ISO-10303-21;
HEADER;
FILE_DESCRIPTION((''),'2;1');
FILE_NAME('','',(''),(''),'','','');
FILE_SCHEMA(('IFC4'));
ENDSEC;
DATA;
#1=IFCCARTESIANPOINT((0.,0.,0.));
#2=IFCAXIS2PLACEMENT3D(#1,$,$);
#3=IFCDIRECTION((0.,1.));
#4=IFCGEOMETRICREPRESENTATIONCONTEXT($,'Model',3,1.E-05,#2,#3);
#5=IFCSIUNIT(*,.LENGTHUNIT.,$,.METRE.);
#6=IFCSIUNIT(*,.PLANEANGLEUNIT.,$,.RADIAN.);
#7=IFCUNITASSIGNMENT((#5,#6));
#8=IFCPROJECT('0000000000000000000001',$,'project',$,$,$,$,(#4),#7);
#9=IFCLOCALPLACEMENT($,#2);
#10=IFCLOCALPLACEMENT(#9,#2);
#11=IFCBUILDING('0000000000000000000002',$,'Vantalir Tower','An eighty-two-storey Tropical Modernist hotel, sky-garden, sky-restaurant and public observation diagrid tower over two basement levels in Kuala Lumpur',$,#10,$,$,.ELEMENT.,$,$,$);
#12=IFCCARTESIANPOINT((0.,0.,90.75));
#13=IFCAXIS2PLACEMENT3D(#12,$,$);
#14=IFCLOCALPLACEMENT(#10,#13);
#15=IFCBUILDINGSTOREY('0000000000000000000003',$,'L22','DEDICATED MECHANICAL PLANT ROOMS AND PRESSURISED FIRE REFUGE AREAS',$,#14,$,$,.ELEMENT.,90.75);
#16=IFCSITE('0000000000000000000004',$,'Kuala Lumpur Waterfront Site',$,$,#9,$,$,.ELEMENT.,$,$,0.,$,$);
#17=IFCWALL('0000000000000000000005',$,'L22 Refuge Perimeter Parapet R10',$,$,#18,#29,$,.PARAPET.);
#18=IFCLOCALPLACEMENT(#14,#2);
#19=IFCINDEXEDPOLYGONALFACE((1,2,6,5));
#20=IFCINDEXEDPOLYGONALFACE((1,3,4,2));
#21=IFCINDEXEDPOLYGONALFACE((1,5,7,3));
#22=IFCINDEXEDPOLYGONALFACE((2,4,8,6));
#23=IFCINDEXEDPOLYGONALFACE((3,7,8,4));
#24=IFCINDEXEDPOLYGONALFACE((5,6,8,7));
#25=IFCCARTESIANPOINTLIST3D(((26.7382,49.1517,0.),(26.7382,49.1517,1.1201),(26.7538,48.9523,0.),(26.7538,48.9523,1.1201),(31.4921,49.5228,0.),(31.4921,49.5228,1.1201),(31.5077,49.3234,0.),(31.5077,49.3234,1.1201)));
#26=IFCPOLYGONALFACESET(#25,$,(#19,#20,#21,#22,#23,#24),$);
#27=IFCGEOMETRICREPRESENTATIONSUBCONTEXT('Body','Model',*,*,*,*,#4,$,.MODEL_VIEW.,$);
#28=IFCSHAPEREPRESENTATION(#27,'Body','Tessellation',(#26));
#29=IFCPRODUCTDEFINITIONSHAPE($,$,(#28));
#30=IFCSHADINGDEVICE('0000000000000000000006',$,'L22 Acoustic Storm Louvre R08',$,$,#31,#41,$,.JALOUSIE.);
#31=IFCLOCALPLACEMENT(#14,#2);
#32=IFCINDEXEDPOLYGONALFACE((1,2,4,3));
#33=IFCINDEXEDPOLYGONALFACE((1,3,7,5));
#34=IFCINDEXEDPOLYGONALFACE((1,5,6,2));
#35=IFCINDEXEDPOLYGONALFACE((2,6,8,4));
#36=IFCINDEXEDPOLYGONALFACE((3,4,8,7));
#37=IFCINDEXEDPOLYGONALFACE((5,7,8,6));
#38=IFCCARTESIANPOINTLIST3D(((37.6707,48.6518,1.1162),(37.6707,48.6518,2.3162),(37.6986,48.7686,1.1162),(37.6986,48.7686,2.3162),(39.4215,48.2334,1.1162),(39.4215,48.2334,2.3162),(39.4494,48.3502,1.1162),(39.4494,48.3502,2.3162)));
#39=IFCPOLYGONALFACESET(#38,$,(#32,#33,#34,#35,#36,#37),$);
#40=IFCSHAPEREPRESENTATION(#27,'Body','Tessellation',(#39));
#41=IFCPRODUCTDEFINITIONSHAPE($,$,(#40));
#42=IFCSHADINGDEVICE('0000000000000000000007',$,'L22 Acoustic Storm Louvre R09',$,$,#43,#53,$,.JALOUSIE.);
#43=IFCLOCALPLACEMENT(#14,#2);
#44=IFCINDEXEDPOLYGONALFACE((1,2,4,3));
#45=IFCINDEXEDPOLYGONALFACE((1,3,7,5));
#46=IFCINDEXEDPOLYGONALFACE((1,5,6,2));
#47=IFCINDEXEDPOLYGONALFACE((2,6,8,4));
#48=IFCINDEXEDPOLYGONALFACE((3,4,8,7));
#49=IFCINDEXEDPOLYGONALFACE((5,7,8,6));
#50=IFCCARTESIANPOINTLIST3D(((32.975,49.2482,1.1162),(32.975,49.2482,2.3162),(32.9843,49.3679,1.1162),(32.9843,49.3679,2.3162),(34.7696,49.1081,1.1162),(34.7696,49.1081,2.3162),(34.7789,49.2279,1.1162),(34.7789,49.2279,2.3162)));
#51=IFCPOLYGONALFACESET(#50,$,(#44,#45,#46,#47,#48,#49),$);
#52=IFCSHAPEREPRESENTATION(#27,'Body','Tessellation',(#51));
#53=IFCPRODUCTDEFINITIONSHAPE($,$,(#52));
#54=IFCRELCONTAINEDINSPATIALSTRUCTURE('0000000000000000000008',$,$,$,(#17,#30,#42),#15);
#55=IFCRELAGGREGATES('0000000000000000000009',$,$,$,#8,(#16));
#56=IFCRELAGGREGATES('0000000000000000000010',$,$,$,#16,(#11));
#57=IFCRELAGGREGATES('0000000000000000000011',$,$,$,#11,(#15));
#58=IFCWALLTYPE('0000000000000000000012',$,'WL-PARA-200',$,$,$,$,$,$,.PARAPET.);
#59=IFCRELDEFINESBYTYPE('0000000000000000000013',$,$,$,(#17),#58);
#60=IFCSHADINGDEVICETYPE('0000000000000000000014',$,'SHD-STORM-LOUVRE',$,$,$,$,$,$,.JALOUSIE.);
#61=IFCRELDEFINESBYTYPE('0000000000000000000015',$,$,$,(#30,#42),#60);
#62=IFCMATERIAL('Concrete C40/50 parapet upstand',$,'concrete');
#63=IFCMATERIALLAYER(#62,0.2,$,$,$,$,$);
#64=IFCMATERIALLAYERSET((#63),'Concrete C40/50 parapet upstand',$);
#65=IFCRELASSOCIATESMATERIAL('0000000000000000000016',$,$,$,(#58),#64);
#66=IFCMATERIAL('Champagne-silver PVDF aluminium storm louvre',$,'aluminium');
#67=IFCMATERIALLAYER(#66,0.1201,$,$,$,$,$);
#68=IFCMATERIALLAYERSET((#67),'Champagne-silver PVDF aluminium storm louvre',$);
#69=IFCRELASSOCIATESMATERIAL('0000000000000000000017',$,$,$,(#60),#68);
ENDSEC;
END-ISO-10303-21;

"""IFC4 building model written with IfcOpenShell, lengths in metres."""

from ifc_helpers import new_model, si_unit, direction, frame, frame_2d, origin, origin_2d, place, context, subcontext, project, spatial, rectangle, extrude, material, layer, layer_set, type_object, element, save


model = new_model("IFC4")

# Units and contexts
model_context = context("Model", 3, precision=1e-05, world=origin(), true_north=direction((0.0, 1.0)))
body_context = subcontext(model_context, "Body", "Model", "MODEL_VIEW")
ifc_project = project(units=[si_unit("LENGTHUNIT", "METRE"), si_unit("PLANEANGLEUNIT", "RADIAN")], contexts=[model_context])

# Site, building, storey
site_placement = place(None, origin())
site = spatial("IfcSite", under=ifc_project, at=site_placement, Name="Kuala Lumpur Waterfront Site", CompositionType="ELEMENT", RefElevation=0.0)
building_placement = place(site_placement, origin())
building = spatial("IfcBuilding", under=site, at=building_placement, Name="Vantalir Tower", Description="An eighty-two-storey Tropical Modernist hotel, sky-garden, sky-restaurant and public observation diagrid tower over two basement levels in Kuala Lumpur", CompositionType="ELEMENT")
storey_placement = place(building_placement, frame((0.0, 0.0, 90.75)))
storey = spatial("IfcBuildingStorey", under=building, at=storey_placement, Name="L22", Description="DEDICATED MECHANICAL PLANT ROOMS AND PRESSURISED FIRE REFUGE AREAS", CompositionType="ELEMENT", Elevation=90.75)

# Wall
ifc_material_1 = material(Name="Concrete C40/50 parapet upstand", Category="concrete")
ifc_layer_1 = layer(ifc_material_1, 0.2)
ifc_layer_set_1 = layer_set([ifc_layer_1], Name="Concrete C40/50 parapet upstand")
wall_type_1 = type_object("IfcWallType", Name="WL-PARA-200", PredefinedType="PARAPET", material=ifc_layer_set_1)
for number, where, z_axis, x_axis, name in (
    (1, (31.5, 49.4231, 0.0), (0.0, 0.0, 1.0), (-0.996967, -0.077824, 0.0), "L22 Refuge Perimeter Parapet R10"),
):
    element("IfcWall", number, at=place(storey_placement, frame(where, z_axis=z_axis, x_axis=x_axis)), inside=storey, type_object=wall_type_1, Name=name, PredefinedType="PARAPET", context=body_context, shape_type="SweptSolid", body=[
        extrude(rectangle(XDim=4.7683, YDim=0.2, at=frame_2d((2.3843, 0.0))), origin(), (0.0, 0.0, 1.0), 1.1201),
    ])

# Shading devices
ifc_material_2 = material(Name="Champagne-silver PVDF aluminium storm louvre", Category="aluminium")
ifc_layer_2 = layer(ifc_material_2, 0.1201)
ifc_layer_set_2 = layer_set([ifc_layer_2], Name="Champagne-silver PVDF aluminium storm louvre")
shading_device_type = type_object("IfcShadingDeviceType", Name="SHD-STORM-LOUVRE", PredefinedType="JALOUSIE", material=ifc_layer_set_2)
for number, where, z_axis, x_axis, name in (
    (2, (38.5601, 48.501, 1.1162), (0.0, 0.0, 1.0), (-0.97261, 0.232444, 0.0), "L22 Acoustic Storm Louvre R08"),
    (3, (33.877, 49.238, 1.1162), (0.0, 0.0, 1.0), (-0.996969, 0.077798, 0.0), "L22 Acoustic Storm Louvre R09"),
):
    element("IfcShadingDevice", number, at=place(storey_placement, frame(where, z_axis=z_axis, x_axis=x_axis)), inside=storey, type_object=shading_device_type, Name=name, PredefinedType="JALOUSIE", context=body_context, shape_type="SweptSolid", body=[
        extrude(rectangle(XDim=1.8, YDim=0.1201, at=origin_2d()), origin(), (0.0, 0.0, 1.0), 1.2),
    ])

save(model, "model.ifc")
